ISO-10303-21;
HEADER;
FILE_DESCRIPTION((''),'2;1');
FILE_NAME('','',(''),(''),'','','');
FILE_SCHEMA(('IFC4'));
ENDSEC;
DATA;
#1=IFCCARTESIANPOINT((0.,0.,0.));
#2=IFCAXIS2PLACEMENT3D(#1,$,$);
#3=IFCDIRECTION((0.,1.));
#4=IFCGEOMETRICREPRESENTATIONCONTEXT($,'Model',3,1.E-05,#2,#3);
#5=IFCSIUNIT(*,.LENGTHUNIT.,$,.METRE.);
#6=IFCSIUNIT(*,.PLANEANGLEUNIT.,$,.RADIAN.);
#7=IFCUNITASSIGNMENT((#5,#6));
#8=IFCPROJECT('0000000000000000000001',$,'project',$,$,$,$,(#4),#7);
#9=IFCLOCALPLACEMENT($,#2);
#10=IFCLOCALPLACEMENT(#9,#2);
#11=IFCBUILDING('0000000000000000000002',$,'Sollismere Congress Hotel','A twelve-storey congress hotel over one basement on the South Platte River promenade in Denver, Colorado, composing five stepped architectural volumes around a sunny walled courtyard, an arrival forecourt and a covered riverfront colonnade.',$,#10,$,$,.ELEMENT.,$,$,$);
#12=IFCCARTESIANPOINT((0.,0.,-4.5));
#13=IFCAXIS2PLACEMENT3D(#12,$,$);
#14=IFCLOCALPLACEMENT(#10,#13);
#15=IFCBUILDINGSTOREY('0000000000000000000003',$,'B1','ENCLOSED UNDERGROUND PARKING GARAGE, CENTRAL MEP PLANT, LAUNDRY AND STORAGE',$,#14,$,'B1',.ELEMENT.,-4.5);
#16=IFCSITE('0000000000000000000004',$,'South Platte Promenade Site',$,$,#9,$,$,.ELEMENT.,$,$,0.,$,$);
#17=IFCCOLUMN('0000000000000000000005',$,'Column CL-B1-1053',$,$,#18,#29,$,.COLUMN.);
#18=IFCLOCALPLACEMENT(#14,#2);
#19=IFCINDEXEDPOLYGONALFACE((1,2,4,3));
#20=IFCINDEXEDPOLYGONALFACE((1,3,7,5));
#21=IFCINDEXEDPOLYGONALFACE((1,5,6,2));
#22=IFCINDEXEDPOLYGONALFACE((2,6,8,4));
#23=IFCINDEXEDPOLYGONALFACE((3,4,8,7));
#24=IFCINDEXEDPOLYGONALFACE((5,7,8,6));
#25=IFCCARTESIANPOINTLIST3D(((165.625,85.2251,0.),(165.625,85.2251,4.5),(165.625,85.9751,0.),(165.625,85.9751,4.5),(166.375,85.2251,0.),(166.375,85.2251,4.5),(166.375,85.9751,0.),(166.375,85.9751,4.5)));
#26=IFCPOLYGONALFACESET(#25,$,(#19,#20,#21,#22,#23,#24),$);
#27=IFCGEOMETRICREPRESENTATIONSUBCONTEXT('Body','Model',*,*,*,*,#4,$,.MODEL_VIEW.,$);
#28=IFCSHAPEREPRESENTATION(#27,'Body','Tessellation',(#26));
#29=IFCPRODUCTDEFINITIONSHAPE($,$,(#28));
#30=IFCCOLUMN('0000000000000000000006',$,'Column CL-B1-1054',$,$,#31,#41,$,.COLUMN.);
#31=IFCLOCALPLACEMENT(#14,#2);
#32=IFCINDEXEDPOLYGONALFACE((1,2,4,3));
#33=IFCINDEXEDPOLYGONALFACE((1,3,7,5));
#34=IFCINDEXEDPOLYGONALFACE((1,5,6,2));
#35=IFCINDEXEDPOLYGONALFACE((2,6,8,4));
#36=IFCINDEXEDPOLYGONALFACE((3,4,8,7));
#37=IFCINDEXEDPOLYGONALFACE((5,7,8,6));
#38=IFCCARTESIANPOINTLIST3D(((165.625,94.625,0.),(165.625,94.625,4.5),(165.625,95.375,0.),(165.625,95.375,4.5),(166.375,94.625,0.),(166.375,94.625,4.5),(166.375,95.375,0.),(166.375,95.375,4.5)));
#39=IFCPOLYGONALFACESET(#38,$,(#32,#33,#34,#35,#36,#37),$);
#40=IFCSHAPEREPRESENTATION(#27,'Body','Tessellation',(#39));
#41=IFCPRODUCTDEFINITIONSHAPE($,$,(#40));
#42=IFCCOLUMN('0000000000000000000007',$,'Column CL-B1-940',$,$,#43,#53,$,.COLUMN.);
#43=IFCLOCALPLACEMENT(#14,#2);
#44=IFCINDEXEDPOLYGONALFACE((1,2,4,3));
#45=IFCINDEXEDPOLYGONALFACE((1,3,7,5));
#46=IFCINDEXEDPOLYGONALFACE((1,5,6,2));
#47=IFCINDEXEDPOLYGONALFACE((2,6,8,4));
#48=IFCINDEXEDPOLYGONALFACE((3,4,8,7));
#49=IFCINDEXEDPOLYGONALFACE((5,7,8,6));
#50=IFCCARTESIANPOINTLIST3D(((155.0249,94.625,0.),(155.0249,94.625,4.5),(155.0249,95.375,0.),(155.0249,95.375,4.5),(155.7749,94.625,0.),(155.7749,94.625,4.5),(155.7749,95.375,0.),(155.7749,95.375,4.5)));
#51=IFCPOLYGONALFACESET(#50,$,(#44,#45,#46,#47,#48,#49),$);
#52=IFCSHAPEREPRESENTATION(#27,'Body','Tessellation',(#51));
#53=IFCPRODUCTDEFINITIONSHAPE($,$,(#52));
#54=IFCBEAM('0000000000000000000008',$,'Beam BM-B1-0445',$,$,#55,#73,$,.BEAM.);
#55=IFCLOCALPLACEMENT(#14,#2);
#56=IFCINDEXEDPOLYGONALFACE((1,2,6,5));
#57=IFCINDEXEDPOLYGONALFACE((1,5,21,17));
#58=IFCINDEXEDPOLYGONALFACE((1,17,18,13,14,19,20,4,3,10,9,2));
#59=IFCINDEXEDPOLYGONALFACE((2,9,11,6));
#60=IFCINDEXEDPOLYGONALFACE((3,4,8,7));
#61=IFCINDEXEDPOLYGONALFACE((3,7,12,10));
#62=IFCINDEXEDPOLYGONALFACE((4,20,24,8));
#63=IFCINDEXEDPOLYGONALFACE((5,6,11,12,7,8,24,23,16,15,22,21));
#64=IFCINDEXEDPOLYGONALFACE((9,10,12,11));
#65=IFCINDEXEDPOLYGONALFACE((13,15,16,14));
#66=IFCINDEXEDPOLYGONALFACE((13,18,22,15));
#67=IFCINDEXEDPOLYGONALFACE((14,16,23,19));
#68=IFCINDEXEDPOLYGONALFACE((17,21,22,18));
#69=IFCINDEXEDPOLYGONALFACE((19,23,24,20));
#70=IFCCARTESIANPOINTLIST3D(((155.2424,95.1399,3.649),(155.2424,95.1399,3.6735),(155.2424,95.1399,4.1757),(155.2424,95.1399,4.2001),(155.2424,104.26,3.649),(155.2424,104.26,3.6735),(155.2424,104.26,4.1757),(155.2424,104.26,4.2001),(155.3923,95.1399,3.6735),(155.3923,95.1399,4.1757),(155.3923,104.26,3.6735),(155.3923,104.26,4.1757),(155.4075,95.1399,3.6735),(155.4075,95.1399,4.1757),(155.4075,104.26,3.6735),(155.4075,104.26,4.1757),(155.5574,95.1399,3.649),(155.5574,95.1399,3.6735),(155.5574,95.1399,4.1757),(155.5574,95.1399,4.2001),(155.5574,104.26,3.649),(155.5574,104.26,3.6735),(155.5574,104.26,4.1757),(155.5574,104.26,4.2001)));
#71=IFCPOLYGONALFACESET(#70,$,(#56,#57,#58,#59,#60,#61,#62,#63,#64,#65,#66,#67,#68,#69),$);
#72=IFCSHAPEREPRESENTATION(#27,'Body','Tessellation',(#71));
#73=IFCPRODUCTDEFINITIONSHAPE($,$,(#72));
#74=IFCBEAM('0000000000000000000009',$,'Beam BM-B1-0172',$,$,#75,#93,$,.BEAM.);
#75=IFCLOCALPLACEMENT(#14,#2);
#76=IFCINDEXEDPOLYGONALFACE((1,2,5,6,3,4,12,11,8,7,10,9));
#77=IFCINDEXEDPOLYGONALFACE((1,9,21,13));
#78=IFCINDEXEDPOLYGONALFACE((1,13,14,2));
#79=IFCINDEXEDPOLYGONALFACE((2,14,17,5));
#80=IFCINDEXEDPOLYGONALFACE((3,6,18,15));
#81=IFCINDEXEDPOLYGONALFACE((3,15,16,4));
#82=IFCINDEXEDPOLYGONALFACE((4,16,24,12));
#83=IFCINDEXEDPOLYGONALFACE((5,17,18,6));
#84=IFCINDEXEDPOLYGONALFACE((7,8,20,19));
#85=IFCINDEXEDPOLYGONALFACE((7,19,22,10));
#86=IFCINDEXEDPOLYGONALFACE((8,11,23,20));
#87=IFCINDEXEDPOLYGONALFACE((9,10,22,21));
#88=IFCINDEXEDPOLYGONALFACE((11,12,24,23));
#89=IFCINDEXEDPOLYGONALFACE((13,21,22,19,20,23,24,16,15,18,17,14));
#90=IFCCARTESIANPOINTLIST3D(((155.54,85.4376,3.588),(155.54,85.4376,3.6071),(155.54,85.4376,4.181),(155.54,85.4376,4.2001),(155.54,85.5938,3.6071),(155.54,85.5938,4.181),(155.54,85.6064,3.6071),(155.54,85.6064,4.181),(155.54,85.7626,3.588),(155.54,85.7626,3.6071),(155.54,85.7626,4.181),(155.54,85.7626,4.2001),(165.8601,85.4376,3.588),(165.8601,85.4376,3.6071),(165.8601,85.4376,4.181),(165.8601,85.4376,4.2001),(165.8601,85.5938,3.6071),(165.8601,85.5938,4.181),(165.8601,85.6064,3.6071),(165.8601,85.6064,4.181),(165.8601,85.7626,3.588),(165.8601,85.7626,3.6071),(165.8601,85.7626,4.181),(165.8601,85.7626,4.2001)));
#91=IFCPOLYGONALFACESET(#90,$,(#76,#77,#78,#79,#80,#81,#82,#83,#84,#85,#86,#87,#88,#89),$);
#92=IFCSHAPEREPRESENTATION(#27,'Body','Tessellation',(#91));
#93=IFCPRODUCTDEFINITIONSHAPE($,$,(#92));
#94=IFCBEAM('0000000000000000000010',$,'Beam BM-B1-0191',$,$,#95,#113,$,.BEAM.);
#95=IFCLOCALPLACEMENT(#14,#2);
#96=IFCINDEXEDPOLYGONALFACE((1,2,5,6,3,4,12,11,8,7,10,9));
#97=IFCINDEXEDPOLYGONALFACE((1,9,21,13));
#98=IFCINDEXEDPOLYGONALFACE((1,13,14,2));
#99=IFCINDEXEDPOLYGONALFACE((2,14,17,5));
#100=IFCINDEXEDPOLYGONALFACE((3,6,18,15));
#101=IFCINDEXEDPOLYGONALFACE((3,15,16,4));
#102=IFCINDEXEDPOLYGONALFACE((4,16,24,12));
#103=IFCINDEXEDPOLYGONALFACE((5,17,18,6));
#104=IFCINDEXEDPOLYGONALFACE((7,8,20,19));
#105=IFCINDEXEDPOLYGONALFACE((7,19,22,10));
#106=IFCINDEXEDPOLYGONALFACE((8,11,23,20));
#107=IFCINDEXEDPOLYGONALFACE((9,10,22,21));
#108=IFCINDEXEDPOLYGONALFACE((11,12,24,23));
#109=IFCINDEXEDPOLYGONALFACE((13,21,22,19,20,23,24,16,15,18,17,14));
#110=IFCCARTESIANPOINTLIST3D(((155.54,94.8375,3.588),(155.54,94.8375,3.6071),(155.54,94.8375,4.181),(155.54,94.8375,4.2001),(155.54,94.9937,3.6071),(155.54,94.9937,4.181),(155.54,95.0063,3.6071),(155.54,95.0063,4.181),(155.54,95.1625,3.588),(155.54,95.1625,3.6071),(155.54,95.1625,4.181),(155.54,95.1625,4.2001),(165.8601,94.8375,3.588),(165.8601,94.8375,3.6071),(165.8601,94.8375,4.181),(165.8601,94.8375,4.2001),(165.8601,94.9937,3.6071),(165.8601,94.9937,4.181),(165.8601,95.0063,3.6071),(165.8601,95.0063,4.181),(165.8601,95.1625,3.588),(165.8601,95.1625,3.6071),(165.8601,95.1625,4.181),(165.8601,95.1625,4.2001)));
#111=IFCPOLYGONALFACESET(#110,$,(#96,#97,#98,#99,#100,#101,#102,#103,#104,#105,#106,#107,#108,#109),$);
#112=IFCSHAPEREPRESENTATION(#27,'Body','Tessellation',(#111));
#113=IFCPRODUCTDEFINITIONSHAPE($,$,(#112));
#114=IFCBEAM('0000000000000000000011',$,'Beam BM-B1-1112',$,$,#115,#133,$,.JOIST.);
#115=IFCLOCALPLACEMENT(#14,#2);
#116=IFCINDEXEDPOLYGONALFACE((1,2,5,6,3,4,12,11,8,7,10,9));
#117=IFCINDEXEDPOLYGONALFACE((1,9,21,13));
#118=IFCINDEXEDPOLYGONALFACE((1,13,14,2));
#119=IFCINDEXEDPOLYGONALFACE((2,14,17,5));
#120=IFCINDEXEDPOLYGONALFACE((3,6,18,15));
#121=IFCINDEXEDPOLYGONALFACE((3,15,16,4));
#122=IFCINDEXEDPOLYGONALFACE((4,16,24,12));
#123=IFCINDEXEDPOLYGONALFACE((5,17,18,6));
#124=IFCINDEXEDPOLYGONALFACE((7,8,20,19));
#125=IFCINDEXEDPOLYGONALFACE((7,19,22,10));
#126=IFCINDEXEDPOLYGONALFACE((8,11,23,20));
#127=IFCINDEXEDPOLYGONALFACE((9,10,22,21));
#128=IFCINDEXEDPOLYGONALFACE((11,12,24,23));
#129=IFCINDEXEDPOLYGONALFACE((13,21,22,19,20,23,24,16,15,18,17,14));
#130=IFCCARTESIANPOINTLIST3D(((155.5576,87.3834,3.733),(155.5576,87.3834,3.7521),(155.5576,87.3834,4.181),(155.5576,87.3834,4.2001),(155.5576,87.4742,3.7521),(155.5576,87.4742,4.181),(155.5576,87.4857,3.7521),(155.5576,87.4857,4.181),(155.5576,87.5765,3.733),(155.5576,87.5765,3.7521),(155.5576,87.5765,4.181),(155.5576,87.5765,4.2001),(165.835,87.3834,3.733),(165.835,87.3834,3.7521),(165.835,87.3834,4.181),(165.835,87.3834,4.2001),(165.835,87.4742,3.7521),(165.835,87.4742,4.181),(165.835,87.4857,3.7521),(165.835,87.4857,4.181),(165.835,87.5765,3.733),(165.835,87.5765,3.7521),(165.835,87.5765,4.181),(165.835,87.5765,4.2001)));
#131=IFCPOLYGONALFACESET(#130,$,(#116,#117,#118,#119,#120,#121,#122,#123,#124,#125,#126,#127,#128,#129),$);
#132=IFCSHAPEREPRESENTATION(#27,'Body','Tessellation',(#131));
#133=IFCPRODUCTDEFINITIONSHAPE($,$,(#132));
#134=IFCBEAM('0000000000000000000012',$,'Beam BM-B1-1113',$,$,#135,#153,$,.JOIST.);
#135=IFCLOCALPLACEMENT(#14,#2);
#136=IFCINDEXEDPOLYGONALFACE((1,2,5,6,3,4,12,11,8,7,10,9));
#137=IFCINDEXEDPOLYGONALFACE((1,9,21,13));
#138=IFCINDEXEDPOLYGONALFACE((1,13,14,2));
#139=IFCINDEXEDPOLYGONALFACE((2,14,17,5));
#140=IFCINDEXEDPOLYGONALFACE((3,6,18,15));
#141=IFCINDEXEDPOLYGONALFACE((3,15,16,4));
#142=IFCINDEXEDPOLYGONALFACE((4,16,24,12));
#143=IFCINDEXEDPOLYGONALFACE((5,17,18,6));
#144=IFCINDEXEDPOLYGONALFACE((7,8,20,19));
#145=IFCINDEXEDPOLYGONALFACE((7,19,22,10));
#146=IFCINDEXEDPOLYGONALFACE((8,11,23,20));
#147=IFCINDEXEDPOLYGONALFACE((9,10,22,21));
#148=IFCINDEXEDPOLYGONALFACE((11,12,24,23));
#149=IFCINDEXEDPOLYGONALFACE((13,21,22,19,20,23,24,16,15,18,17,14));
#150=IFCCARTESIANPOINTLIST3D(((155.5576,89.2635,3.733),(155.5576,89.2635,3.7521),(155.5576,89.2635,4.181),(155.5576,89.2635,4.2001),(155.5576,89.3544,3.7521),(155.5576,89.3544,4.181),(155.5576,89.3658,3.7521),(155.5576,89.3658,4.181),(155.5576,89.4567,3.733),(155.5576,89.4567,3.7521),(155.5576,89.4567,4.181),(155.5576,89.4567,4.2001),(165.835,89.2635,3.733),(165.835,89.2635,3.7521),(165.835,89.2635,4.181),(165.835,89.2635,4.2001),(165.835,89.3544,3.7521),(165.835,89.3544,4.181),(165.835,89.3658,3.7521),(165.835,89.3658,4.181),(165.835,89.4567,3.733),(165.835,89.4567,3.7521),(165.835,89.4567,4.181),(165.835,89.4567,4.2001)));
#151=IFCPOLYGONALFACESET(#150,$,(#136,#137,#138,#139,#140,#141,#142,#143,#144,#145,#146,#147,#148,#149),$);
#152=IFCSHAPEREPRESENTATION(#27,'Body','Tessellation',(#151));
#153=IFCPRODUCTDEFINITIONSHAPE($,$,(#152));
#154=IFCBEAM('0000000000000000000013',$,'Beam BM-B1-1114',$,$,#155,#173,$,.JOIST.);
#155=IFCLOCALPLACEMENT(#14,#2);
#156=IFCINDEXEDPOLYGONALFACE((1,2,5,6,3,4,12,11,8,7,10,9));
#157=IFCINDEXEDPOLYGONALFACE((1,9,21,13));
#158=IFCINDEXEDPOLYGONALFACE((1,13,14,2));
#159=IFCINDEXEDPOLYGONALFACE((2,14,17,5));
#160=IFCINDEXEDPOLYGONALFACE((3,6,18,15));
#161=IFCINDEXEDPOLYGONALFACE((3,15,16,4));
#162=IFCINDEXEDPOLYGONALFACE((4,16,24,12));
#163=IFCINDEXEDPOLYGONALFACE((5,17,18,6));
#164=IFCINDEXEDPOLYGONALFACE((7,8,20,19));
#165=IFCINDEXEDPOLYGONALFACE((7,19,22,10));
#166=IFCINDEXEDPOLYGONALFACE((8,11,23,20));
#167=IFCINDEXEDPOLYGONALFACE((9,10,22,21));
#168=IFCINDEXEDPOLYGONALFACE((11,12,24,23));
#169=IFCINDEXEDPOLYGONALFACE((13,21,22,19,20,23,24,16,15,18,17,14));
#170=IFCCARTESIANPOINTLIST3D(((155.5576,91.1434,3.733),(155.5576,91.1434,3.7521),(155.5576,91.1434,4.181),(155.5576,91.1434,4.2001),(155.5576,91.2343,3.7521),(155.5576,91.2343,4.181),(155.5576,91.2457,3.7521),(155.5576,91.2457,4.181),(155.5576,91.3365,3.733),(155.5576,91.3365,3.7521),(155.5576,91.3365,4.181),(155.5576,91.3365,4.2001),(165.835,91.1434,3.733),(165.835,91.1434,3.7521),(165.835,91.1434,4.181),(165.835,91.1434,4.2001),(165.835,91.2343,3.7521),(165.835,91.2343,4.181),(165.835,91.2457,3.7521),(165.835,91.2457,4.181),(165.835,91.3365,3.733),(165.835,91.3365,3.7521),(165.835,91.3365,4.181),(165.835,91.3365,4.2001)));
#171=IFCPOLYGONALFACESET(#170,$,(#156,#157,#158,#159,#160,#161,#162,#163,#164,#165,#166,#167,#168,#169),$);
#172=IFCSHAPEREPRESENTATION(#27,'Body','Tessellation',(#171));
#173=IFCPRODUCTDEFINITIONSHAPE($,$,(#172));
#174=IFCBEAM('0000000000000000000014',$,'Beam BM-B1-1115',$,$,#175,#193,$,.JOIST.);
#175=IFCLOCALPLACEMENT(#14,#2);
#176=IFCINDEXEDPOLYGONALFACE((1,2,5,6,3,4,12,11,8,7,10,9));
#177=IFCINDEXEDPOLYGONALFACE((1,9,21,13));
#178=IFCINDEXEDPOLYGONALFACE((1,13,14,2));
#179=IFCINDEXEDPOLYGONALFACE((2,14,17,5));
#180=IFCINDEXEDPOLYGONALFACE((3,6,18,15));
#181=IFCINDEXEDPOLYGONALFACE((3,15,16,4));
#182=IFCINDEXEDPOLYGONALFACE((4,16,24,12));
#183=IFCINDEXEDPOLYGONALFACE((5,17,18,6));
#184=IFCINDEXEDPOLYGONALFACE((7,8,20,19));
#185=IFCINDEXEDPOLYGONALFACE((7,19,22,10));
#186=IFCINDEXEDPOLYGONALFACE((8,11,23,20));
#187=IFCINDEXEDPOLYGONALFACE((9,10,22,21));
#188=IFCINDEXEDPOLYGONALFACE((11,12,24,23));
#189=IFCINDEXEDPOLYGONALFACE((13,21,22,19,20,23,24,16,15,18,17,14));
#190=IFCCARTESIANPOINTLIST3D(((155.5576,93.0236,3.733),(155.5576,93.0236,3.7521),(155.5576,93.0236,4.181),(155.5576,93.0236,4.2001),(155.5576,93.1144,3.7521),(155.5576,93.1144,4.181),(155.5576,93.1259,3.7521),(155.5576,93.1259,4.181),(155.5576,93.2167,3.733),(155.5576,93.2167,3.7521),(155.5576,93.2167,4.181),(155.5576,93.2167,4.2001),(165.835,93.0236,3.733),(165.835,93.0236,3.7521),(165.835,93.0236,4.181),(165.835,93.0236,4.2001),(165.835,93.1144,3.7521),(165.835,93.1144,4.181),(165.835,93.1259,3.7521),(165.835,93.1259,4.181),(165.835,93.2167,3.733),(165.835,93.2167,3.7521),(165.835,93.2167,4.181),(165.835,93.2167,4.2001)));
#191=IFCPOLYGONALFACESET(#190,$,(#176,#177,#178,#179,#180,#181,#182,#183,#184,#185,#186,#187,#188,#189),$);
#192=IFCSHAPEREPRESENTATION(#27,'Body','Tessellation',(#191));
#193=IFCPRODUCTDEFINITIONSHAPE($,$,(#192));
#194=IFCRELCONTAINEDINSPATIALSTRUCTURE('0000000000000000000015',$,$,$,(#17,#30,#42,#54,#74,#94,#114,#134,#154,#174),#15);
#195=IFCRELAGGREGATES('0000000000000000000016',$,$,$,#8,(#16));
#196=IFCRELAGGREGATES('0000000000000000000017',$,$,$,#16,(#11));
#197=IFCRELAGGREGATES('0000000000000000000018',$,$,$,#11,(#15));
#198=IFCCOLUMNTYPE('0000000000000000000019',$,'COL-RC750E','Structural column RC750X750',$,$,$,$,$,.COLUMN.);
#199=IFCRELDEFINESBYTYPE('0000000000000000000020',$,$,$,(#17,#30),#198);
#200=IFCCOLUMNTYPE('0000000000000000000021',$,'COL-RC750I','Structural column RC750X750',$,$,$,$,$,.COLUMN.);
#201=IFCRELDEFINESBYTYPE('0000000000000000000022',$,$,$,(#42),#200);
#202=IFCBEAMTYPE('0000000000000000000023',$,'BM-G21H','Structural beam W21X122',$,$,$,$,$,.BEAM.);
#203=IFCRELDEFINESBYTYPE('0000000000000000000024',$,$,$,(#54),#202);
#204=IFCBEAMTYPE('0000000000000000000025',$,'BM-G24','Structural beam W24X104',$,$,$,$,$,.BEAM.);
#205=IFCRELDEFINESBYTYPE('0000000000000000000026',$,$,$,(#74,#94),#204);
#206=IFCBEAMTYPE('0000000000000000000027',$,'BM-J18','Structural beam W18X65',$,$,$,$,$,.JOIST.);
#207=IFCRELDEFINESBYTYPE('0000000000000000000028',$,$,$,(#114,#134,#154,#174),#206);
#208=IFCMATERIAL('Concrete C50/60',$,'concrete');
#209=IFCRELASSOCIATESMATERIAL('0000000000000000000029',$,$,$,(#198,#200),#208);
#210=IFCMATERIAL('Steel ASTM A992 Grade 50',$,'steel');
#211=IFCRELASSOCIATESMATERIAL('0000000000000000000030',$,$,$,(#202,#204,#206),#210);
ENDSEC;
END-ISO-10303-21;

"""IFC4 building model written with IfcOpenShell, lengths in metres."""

from ifc_helpers import new_model, si_unit, direction, frame, origin, origin_2d, place, context, subcontext, project, spatial, rectangle, i_section, extrude, material, material_profile, profile_set, type_object, element, save


model = new_model("IFC4")

# Units and contexts
model_context = context("Model", 3, precision=1e-05, world=origin(), true_north=direction((0.0, 1.0)))
body_context = subcontext(model_context, "Body", "Model", "MODEL_VIEW")
ifc_project = project(units=[si_unit("LENGTHUNIT", "METRE"), si_unit("PLANEANGLEUNIT", "RADIAN")], contexts=[model_context])

# Site, building, storey
site_placement = place(None, origin())
site = spatial("IfcSite", under=ifc_project, at=site_placement, Name="South Platte Promenade Site", CompositionType="ELEMENT", RefElevation=0.0)
building_placement = place(site_placement, origin())
building = spatial("IfcBuilding", under=site, at=building_placement, Name="Sollismere Congress Hotel", Description="A twelve-storey congress hotel over one basement on the South Platte River promenade in Denver, Colorado, composing five stepped architectural volumes around a sunny walled courtyard, an arrival forecourt and a covered riverfront colonnade.", CompositionType="ELEMENT")
storey_placement = place(building_placement, frame((0.0, 0.0, -4.5)))
storey = spatial("IfcBuildingStorey", under=building, at=storey_placement, Name="B1", Description="ENCLOSED UNDERGROUND PARKING GARAGE, CENTRAL MEP PLANT, LAUNDRY AND STORAGE", LongName="B1", CompositionType="ELEMENT", Elevation=-4.5)

# Columns
ifc_material_1 = material(Name="Concrete C50/60", Category="concrete")
ifc_material_profile_1 = material_profile(ifc_material_1, rectangle(XDim=0.75, YDim=0.75, at=origin_2d()), Name="RC750X750")
ifc_profile_set_1 = profile_set([ifc_material_profile_1], Name="Concrete C50/60")
column_type_1 = type_object("IfcColumnType", Name="COL-RC750E", Description="Structural column RC750X750", PredefinedType="COLUMN", material=ifc_profile_set_1)
for number, where, z_axis, x_axis, name in (
    (1, (166.0, 85.6001, 0.0), (0.0, 0.0, 1.0), (1.0, 0.0, 0.0), "Column CL-B1-1053"),
    (2, (166.0, 95.0, 0.0), (0.0, 0.0, 1.0), (1.0, 0.0, 0.0), "Column CL-B1-1054"),
):
    element("IfcColumn", number, at=place(storey_placement, frame(where, z_axis=z_axis, x_axis=x_axis)), inside=storey, type_object=column_type_1, Name=name, PredefinedType="COLUMN", context=body_context, shape_type="SweptSolid", body=[
        extrude(rectangle(XDim=0.75, YDim=0.75, at=origin_2d()), origin(), (0.0, 0.0, 1.0), 4.5),
    ])
ifc_material_profile_2 = material_profile(ifc_material_1, rectangle(XDim=0.75, YDim=0.75, at=origin_2d()), Name="RC750X750")
ifc_profile_set_2 = profile_set([ifc_material_profile_2], Name="Concrete C50/60")
column_type_2 = type_object("IfcColumnType", Name="COL-RC750I", Description="Structural column RC750X750", PredefinedType="COLUMN", material=ifc_profile_set_2)
column_placement = place(storey_placement, frame((155.3999, 95.0, 0.0), z_axis=(0.0, 0.0, 1.0), x_axis=(1.0, 0.0, 0.0)))
element("IfcColumn", 3, at=column_placement, inside=storey, type_object=column_type_2, Name="Column CL-B1-940", PredefinedType="COLUMN", context=body_context, shape_type="SweptSolid", body=[
    extrude(rectangle(XDim=0.75, YDim=0.75, at=origin_2d()), origin(), (0.0, 0.0, 1.0), 4.5),
])

# Beams
ifc_material_2 = material(Name="Steel ASTM A992 Grade 50", Category="steel")
ifc_material_profile_3 = material_profile(ifc_material_2, i_section(OverallWidth=0.3149, OverallDepth=0.551, WebThickness=0.0151, FlangeThickness=0.0244, at=origin_2d()), Name="W21X122")
ifc_profile_set_3 = profile_set([ifc_material_profile_3], Name="Steel ASTM A992 Grade 50")
beam_type_1 = type_object("IfcBeamType", Name="BM-G21H", Description="Structural beam W21X122", PredefinedType="BEAM", material=ifc_profile_set_3)
beam_placement = place(storey_placement, frame((155.3999, 95.1399, 3.9246), z_axis=(0.0, 1.0, 0.0), x_axis=(-1.0, 0.0, 0.0)))
element("IfcBeam", 4, at=beam_placement, inside=storey, type_object=beam_type_1, Name="Beam BM-B1-0445", PredefinedType="BEAM", context=body_context, shape_type="SweptSolid", body=[
    extrude(i_section(OverallWidth=0.3149, OverallDepth=0.551, WebThickness=0.0151, FlangeThickness=0.0244, at=origin_2d()), origin(), (0.0, 0.0, 1.0), 9.1201),
])
ifc_material_profile_4 = material_profile(ifc_material_2, i_section(OverallWidth=0.325, OverallDepth=0.6121, WebThickness=0.0127, FlangeThickness=0.019, at=origin_2d()), Name="W24X104")
ifc_profile_set_4 = profile_set([ifc_material_profile_4], Name="Steel ASTM A992 Grade 50")
beam_type_2 = type_object("IfcBeamType", Name="BM-G24", Description="Structural beam W24X104", PredefinedType="BEAM", material=ifc_profile_set_4)
for number, where, z_axis, x_axis, name in (
    (5, (155.54, 85.6001, 3.894), (1.0, 0.0, 0.0), (0.0, 1.0, 0.0), "Beam BM-B1-0172"),
    (6, (155.54, 95.0, 3.894), (1.0, 0.0, 0.0), (0.0, 1.0, 0.0), "Beam BM-B1-0191"),
):
    element("IfcBeam", number, at=place(storey_placement, frame(where, z_axis=z_axis, x_axis=x_axis)), inside=storey, type_object=beam_type_2, Name=name, PredefinedType="BEAM", context=body_context, shape_type="SweptSolid", body=[
        extrude(i_section(OverallWidth=0.325, OverallDepth=0.6121, WebThickness=0.0127, FlangeThickness=0.019, at=origin_2d()), origin(), (0.0, 0.0, 1.0), 10.3201),
    ])
ifc_material_profile_5 = material_profile(ifc_material_2, i_section(OverallWidth=0.1931, OverallDepth=0.467, WebThickness=0.0115, FlangeThickness=0.019, at=origin_2d()), Name="W18X65")
ifc_profile_set_5 = profile_set([ifc_material_profile_5], Name="Steel ASTM A992 Grade 50")
beam_type_3 = type_object("IfcBeamType", Name="BM-J18", Description="Structural beam W18X65", PredefinedType="JOIST", material=ifc_profile_set_5)
for number, where, z_axis, x_axis, name in (
    (7, (155.5576, 87.48, 3.9666), (1.0, 0.0, 0.0), (0.0, 1.0, 0.0), "Beam BM-B1-1112"),
    (8, (155.5576, 89.3601, 3.9666), (1.0, 0.0, 0.0), (0.0, 1.0, 0.0), "Beam BM-B1-1113"),
    (9, (155.5576, 91.24, 3.9666), (1.0, 0.0, 0.0), (0.0, 1.0, 0.0), "Beam BM-B1-1114"),
    (10, (155.5576, 93.1201, 3.9666), (1.0, 0.0, 0.0), (0.0, 1.0, 0.0), "Beam BM-B1-1115"),
):
    element("IfcBeam", number, at=place(storey_placement, frame(where, z_axis=z_axis, x_axis=x_axis)), inside=storey, type_object=beam_type_3, Name=name, PredefinedType="JOIST", context=body_context, shape_type="SweptSolid", body=[
        extrude(i_section(OverallWidth=0.1931, OverallDepth=0.467, WebThickness=0.0115, FlangeThickness=0.019, at=origin_2d()), origin(), (0.0, 0.0, 1.0), 10.2773),
    ])

save(model, "model.ifc")
